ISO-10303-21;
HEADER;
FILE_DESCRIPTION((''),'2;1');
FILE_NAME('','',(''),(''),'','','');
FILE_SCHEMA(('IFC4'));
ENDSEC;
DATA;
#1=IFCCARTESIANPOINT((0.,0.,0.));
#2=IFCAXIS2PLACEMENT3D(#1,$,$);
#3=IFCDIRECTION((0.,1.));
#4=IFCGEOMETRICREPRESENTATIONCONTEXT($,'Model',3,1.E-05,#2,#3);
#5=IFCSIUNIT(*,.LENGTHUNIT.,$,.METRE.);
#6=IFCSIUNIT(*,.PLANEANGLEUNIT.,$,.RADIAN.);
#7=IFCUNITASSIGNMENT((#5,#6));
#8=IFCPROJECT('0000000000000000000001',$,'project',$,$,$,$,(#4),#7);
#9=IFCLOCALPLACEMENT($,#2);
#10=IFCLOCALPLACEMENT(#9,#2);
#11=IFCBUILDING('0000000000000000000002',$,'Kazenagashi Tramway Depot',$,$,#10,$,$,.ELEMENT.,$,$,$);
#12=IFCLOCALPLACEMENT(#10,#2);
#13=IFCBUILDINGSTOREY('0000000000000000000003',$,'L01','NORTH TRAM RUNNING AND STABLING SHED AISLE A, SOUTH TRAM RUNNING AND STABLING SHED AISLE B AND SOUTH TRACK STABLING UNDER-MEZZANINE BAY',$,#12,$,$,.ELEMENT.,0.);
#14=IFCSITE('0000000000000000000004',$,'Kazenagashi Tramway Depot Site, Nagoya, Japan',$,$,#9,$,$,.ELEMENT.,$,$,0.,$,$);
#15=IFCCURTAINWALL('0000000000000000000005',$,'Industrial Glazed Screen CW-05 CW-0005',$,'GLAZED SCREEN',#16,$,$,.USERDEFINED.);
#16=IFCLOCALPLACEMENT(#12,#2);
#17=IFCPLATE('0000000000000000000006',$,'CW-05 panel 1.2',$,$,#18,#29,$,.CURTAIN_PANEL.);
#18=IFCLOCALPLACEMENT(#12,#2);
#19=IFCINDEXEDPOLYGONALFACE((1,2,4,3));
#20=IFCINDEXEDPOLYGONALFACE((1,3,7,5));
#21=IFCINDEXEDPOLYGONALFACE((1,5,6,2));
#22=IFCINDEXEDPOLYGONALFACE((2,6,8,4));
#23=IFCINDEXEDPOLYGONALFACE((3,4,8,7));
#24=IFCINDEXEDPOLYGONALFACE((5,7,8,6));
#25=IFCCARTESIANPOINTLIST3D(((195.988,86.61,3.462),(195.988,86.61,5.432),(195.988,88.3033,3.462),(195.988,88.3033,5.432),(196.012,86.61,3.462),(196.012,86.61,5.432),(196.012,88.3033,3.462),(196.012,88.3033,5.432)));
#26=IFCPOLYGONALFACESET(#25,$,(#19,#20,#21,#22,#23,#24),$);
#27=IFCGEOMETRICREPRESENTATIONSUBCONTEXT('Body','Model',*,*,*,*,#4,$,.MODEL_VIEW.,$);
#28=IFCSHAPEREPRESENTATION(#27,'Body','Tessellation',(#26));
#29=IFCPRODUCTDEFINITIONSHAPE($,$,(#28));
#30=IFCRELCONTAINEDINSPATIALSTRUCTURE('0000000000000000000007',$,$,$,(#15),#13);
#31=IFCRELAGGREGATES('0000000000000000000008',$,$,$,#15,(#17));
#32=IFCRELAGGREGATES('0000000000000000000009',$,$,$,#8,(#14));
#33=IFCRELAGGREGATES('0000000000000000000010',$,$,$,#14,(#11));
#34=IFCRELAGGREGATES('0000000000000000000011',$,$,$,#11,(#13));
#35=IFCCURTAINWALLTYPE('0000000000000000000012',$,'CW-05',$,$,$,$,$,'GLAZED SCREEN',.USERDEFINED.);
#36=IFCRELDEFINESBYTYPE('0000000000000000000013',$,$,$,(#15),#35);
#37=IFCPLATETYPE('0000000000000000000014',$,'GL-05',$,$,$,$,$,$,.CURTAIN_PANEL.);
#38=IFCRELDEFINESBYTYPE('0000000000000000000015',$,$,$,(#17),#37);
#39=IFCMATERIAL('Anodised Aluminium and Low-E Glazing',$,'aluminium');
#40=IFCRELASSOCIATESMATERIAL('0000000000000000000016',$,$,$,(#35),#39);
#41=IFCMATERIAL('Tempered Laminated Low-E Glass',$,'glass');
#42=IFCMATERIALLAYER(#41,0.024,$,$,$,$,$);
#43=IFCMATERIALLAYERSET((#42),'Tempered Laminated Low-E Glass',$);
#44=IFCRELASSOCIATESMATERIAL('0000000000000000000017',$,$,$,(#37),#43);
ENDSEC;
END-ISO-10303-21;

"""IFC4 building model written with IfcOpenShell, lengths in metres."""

from ifc_helpers import new_model, si_unit, direction, frame, origin, origin_2d, place, context, subcontext, project, spatial, rectangle, extrude, material, layer, layer_set, type_object, element, aggregate, save


model = new_model("IFC4")

# Units and contexts
model_context = context("Model", 3, precision=1e-05, world=origin(), true_north=direction((0.0, 1.0)))
body_context = subcontext(model_context, "Body", "Model", "MODEL_VIEW")
ifc_project = project(units=[si_unit("LENGTHUNIT", "METRE"), si_unit("PLANEANGLEUNIT", "RADIAN")], contexts=[model_context])

# Site, building, storey
site_placement = place(None, origin())
site = spatial("IfcSite", under=ifc_project, at=site_placement, Name="Kazenagashi Tramway Depot Site, Nagoya, Japan", CompositionType="ELEMENT", RefElevation=0.0)
building_placement = place(site_placement, origin())
building = spatial("IfcBuilding", under=site, at=building_placement, Name="Kazenagashi Tramway Depot", CompositionType="ELEMENT")
storey_placement = place(building_placement, origin())
storey = spatial("IfcBuildingStorey", under=building, at=storey_placement, Name="L01", Description="NORTH TRAM RUNNING AND STABLING SHED AISLE A, SOUTH TRAM RUNNING AND STABLING SHED AISLE B AND SOUTH TRACK STABLING UNDER-MEZZANINE BAY", CompositionType="ELEMENT", Elevation=0.0)

# Curtain wall
ifc_material_1 = material(Name="Anodised Aluminium and Low-E Glazing", Category="aluminium")
curtain_wall_type_1 = type_object("IfcCurtainWallType", Name="CW-05", ElementType="GLAZED SCREEN", PredefinedType="USERDEFINED", material=ifc_material_1)
curtain_wall_1_placement = place(storey_placement, origin())
curtain_wall_1 = element("IfcCurtainWall", 1, at=curtain_wall_1_placement, inside=storey, type_object=curtain_wall_type_1, Name="Industrial Glazed Screen CW-05 CW-0005", ObjectType="GLAZED SCREEN", PredefinedType="USERDEFINED")

# Plate
ifc_material_2 = material(Name="Tempered Laminated Low-E Glass", Category="glass")
ifc_layer_1 = layer(ifc_material_2, 0.024)
ifc_layer_set_1 = layer_set([ifc_layer_1], Name="Tempered Laminated Low-E Glass")
plate_type_1 = type_object("IfcPlateType", Name="GL-05", PredefinedType="CURTAIN_PANEL", material=ifc_layer_set_1)
plate_1_placement = place(storey_placement, frame((196.0, 87.4567, 3.462), z_axis=(0.0, 0.0, 1.0), x_axis=(0.0, 1.0, 0.0)))
plate_1 = element("IfcPlate", 2, at=plate_1_placement, type_object=plate_type_1, Name="CW-05 panel 1.2", PredefinedType="CURTAIN_PANEL", context=body_context, shape_type="SweptSolid", body=[
    extrude(rectangle(XDim=1.6933, YDim=0.024, at=origin_2d()), origin(), (0.0, 0.0, 1.0), 1.97),
])
aggregate(curtain_wall_1, [plate_1])

save(model, "model.ifc")
